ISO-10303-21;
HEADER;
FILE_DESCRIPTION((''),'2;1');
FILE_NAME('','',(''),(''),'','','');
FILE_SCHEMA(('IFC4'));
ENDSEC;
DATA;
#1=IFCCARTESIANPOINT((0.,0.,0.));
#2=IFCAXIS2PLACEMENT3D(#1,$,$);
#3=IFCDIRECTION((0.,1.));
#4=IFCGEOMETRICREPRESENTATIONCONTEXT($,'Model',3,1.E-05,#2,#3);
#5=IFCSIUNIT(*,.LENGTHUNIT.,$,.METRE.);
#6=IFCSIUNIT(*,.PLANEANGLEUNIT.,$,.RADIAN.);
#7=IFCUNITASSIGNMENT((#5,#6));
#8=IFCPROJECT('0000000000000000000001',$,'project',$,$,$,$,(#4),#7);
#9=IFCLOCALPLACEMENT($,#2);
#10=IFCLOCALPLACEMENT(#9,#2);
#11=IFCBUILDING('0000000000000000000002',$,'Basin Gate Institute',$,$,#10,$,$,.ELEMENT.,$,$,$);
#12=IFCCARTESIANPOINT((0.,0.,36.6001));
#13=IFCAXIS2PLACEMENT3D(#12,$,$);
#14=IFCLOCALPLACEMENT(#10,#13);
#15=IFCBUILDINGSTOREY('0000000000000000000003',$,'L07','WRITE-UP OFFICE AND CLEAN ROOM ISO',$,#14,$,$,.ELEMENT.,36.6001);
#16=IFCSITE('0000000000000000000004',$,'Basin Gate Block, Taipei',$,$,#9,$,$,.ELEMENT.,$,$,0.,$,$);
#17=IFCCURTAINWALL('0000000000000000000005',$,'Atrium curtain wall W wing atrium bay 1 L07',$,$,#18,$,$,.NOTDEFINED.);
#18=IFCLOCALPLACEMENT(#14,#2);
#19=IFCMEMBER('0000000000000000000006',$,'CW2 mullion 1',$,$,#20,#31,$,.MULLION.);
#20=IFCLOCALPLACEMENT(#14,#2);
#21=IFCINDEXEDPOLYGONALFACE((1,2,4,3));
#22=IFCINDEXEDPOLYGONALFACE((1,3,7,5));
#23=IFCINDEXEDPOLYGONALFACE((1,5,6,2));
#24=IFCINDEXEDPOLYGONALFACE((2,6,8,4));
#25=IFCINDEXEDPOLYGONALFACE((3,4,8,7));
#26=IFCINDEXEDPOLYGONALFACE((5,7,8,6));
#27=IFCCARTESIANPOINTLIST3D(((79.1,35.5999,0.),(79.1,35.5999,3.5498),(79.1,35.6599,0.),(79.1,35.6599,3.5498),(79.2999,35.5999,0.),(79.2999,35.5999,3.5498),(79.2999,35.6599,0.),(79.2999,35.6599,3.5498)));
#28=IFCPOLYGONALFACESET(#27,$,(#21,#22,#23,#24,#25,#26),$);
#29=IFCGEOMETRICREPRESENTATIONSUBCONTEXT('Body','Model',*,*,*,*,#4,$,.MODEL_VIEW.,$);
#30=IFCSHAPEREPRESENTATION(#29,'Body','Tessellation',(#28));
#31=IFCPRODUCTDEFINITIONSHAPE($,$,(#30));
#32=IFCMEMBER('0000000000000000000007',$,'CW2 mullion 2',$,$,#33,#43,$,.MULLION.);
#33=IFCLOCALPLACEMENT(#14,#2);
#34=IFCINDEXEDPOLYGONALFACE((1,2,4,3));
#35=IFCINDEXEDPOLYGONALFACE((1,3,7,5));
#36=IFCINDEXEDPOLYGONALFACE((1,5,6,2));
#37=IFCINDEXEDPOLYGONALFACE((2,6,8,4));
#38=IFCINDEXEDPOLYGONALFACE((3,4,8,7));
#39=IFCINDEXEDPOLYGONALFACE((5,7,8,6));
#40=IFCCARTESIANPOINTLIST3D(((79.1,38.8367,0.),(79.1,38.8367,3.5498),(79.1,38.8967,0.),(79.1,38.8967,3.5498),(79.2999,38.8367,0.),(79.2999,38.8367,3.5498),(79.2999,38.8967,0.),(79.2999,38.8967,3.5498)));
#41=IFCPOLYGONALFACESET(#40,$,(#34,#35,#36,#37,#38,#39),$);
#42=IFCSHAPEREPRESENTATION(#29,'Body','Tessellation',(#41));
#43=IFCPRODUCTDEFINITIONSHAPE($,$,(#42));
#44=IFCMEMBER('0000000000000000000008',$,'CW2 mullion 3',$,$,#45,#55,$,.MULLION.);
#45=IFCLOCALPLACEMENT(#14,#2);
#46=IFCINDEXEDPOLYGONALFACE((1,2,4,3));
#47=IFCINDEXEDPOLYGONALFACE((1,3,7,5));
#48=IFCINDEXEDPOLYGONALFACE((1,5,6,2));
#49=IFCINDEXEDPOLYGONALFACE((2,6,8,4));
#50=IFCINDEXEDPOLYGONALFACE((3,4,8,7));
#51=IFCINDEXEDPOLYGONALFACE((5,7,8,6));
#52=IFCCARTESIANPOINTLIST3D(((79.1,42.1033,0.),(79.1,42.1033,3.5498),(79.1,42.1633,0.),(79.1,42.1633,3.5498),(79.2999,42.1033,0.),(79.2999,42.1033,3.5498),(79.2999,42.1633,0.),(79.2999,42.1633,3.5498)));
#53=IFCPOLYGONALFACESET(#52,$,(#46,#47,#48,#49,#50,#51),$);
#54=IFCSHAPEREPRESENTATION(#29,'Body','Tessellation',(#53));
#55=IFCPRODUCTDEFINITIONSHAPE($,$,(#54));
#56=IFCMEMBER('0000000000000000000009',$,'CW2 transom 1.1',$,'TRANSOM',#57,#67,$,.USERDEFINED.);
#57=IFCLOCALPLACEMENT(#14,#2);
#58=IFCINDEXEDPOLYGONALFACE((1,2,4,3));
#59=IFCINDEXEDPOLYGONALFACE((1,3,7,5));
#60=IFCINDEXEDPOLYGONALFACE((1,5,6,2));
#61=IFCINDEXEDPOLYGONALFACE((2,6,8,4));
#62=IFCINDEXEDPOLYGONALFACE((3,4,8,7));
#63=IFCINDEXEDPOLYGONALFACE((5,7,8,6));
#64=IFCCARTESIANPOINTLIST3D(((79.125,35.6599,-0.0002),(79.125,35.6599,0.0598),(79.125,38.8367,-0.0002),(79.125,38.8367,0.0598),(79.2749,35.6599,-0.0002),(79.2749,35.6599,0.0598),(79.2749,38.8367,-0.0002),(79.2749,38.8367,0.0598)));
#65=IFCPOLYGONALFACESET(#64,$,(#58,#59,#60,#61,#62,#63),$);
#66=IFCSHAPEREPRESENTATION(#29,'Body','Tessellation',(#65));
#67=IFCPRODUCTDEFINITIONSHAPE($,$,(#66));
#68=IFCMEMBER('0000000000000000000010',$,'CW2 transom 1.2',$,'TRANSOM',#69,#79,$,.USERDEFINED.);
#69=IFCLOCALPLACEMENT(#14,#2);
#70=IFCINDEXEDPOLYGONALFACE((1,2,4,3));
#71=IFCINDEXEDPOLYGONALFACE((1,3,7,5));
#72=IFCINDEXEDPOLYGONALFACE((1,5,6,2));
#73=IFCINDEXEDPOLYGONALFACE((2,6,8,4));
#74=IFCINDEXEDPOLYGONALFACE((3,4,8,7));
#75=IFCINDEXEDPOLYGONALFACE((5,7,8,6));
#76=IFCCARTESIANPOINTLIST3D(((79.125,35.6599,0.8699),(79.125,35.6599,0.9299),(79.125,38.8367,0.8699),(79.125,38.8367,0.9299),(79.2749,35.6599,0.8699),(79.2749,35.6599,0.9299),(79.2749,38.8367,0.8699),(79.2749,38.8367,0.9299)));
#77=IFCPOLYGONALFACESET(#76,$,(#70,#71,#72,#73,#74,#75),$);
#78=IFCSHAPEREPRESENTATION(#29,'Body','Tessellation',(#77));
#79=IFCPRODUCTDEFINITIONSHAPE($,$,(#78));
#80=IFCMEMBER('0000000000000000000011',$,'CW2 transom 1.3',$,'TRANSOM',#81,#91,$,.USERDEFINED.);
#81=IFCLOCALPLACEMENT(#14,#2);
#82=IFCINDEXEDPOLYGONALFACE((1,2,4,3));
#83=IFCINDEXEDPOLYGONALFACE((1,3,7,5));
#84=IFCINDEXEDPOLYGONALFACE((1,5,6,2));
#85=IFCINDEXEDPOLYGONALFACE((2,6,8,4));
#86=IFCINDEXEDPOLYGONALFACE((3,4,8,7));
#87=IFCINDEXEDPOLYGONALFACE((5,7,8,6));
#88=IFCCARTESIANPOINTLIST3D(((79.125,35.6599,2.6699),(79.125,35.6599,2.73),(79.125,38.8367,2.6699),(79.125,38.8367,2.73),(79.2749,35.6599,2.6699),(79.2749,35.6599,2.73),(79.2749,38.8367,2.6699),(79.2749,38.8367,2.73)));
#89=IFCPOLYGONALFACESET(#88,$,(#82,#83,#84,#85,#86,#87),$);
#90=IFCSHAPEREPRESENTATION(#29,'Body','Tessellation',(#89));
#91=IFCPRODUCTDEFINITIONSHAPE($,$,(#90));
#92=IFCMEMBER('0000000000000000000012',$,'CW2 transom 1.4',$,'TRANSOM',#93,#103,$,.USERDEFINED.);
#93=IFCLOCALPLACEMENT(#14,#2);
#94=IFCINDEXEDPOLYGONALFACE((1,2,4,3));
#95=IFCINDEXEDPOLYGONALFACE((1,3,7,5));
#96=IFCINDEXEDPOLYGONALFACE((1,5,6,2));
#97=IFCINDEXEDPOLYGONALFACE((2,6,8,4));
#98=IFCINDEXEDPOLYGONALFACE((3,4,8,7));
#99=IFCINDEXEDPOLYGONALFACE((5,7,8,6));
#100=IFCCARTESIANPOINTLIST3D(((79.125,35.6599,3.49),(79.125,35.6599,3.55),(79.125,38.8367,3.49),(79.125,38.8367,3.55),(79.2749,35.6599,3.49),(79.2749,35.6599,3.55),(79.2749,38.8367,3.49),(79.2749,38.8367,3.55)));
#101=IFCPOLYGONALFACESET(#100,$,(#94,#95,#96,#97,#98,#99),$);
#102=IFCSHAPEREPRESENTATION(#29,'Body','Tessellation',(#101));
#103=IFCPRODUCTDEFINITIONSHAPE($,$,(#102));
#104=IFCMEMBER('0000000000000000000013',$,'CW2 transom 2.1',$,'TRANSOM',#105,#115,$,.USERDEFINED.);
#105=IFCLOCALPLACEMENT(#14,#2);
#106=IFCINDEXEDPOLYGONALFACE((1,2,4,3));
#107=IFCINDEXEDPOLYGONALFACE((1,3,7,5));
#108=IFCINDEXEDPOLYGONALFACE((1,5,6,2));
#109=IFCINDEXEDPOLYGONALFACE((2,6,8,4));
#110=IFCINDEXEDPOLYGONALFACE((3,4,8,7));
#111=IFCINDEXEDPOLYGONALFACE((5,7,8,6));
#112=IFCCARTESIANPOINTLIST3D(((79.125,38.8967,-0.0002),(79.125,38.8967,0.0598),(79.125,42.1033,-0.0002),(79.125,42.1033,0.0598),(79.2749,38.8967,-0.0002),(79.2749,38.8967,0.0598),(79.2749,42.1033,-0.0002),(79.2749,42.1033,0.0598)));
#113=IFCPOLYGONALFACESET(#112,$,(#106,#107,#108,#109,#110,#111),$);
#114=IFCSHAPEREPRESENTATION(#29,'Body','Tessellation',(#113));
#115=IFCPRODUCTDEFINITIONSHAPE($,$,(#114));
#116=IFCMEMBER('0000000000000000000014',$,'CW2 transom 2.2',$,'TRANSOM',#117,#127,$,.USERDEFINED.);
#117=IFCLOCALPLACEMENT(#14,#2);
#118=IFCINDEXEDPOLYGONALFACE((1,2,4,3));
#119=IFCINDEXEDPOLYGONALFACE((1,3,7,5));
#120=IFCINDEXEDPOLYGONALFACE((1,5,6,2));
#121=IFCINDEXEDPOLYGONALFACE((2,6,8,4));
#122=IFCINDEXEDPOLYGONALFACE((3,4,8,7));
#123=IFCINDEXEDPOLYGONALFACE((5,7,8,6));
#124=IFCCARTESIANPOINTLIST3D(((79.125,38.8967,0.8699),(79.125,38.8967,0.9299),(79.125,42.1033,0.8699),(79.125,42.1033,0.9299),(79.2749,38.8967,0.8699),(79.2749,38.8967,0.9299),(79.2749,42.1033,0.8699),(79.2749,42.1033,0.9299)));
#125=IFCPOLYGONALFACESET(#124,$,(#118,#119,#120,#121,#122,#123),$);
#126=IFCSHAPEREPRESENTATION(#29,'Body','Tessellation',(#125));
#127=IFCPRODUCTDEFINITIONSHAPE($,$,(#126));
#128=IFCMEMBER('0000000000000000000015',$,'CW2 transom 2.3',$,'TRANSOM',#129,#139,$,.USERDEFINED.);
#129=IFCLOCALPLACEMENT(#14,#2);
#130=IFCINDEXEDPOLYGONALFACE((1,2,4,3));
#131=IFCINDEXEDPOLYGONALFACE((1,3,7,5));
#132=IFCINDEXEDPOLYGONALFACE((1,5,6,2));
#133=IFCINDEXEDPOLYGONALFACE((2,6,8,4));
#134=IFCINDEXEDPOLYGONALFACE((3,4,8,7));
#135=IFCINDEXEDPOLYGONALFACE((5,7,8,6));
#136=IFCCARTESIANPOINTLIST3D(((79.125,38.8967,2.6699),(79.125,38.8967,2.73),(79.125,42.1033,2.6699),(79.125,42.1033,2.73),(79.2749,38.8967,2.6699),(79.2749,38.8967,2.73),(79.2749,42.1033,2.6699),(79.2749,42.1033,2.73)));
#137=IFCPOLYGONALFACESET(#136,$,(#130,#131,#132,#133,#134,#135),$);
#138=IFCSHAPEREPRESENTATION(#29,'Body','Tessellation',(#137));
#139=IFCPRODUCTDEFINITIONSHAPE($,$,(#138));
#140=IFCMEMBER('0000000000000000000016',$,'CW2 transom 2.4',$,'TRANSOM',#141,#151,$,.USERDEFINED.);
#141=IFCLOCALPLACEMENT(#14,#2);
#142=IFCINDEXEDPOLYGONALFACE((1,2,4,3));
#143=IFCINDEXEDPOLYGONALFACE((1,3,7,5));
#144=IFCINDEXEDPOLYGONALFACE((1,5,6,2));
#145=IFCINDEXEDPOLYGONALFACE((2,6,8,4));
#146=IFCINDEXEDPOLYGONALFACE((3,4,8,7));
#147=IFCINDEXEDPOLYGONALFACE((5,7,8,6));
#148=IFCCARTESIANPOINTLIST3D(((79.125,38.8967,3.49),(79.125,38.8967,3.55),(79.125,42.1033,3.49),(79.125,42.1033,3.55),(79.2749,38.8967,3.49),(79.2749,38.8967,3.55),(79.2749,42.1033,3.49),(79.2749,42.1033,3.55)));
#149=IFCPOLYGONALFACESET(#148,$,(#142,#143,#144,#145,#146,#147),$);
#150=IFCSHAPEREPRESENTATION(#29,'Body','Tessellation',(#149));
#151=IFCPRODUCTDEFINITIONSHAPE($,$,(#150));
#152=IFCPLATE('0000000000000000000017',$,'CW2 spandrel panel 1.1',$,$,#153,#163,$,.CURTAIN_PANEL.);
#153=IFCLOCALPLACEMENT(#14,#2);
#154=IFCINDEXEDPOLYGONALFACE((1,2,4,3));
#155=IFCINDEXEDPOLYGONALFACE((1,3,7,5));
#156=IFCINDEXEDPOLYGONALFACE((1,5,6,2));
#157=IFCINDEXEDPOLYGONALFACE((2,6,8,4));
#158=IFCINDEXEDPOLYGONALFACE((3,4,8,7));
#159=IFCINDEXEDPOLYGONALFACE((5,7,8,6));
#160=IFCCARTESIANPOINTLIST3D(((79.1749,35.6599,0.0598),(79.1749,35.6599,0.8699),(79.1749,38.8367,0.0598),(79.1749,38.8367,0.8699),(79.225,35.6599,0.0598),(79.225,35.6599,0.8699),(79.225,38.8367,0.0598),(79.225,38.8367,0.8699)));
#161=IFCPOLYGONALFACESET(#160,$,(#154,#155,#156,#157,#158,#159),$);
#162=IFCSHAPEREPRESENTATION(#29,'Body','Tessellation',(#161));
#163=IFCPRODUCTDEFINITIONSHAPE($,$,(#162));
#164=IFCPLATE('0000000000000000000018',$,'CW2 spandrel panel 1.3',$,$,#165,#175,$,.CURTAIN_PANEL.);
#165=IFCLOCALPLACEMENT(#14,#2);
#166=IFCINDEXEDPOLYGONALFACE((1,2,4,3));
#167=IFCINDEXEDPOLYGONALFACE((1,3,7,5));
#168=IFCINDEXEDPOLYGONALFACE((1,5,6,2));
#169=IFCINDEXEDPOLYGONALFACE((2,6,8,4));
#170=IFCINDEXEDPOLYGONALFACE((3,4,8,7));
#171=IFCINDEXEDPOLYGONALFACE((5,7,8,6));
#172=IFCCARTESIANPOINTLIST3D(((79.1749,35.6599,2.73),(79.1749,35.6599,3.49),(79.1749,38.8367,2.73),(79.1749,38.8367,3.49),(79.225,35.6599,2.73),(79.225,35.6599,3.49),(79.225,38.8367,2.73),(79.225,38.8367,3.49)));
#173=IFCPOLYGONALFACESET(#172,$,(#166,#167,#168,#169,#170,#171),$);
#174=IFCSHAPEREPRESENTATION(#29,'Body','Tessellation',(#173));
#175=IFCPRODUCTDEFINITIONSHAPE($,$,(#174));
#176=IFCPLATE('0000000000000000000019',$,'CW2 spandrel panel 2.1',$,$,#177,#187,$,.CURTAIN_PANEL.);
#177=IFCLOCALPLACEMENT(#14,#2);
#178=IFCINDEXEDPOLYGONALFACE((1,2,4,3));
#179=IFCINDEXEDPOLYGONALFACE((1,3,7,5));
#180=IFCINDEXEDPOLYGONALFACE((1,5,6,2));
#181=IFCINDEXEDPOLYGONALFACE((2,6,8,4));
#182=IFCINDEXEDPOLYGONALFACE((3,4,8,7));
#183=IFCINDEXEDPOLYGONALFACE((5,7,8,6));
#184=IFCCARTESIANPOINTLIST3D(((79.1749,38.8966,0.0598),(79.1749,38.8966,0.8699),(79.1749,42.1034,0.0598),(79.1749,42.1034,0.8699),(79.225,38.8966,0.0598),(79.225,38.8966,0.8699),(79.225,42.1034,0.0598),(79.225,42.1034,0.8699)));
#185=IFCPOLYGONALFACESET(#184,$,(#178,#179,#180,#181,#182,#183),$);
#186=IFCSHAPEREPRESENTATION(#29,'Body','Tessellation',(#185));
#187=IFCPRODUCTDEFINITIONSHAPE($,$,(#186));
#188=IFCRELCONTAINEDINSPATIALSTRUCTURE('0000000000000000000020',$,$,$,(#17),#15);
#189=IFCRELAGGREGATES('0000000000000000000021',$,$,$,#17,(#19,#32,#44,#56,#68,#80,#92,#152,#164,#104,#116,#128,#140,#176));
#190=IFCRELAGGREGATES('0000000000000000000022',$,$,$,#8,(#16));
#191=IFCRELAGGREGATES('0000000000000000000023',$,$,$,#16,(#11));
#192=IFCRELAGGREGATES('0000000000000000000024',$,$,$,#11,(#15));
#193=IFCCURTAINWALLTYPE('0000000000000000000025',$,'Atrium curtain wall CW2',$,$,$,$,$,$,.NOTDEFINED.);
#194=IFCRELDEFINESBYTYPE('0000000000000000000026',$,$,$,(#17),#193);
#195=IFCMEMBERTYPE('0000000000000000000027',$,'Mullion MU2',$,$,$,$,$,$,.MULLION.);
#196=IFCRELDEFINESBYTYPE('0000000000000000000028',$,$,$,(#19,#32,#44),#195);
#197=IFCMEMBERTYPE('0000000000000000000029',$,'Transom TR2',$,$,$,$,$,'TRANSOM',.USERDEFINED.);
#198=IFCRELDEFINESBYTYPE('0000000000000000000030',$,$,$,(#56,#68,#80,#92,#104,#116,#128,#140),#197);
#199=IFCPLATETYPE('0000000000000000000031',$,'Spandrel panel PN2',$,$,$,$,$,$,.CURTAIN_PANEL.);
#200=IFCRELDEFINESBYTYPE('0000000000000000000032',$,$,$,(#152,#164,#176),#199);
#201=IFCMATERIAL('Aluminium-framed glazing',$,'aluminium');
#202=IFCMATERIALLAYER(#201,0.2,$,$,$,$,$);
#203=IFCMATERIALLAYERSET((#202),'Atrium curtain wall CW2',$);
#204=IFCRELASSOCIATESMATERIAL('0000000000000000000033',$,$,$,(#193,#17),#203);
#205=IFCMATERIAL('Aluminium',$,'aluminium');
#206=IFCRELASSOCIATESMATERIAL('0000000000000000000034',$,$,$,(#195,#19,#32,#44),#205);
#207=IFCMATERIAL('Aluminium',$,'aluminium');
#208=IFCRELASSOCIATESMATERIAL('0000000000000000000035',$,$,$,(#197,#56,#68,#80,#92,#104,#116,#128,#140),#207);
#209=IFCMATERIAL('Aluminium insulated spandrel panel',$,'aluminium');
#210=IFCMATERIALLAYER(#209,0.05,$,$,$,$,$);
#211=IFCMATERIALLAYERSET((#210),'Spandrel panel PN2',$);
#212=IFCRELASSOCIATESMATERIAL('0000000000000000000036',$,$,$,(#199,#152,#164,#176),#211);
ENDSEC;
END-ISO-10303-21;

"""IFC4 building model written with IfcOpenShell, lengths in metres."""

from ifc_helpers import new_model, si_unit, direction, frame, origin, origin_2d, place, context, subcontext, project, spatial, rectangle, extrude, material, layer, layer_set, material_profile, profile_set, type_object, element, aggregate, save


model = new_model("IFC4")

# Units and contexts
model_context = context("Model", 3, precision=1e-05, world=origin(), true_north=direction((0.0, 1.0)))
body_context = subcontext(model_context, "Body", "Model", "MODEL_VIEW")
ifc_project = project(units=[si_unit("LENGTHUNIT", "METRE"), si_unit("PLANEANGLEUNIT", "RADIAN")], contexts=[model_context])

# Site, building, storey
site_placement = place(None, origin())
site = spatial("IfcSite", under=ifc_project, at=site_placement, Name="Basin Gate Block, Taipei", CompositionType="ELEMENT", RefElevation=0.0)
building_placement = place(site_placement, origin())
building = spatial("IfcBuilding", under=site, at=building_placement, Name="Basin Gate Institute", CompositionType="ELEMENT")
storey_placement = place(building_placement, frame((0.0, 0.0, 36.6001)))
storey = spatial("IfcBuildingStorey", under=building, at=storey_placement, Name="L07", Description="WRITE-UP OFFICE AND CLEAN ROOM ISO", CompositionType="ELEMENT", Elevation=36.6001)

# Curtain wall, members, plates
ifc_material_1 = material(Name="Aluminium-framed glazing", Category="aluminium")
ifc_layer_1 = layer(ifc_material_1, 0.2)
ifc_layer_set_1 = layer_set([ifc_layer_1], Name="Atrium curtain wall CW2")
curtain_wall_type = type_object("IfcCurtainWallType", Name="Atrium curtain wall CW2", PredefinedType="NOTDEFINED", material=ifc_layer_set_1)
curtain_wall_placement = place(storey_placement, origin())
curtain_wall = element("IfcCurtainWall", 1, at=curtain_wall_placement, inside=storey, type_object=curtain_wall_type, material=ifc_layer_set_1, Name="Atrium curtain wall W wing atrium bay 1 L07", PredefinedType="NOTDEFINED")
ifc_material_2 = material(Name="Aluminium", Category="aluminium")
ifc_material_profile_1 = material_profile(ifc_material_2, rectangle(XDim=0.2, YDim=0.0601, at=origin_2d()), Name="Mullion MU2 200 x 60")
ifc_profile_set_1 = profile_set([ifc_material_profile_1], Name="Aluminium")
member_type_1 = type_object("IfcMemberType", Name="Mullion MU2", PredefinedType="MULLION", material=ifc_profile_set_1)
member_1_placement = place(storey_placement, frame((79.2, 35.6299, 0.0), z_axis=(0.0, 0.0, 1.0), x_axis=(-1.0, 0.0, 0.0)))
member_1 = element("IfcMember", 2, at=member_1_placement, type_object=member_type_1, material=ifc_profile_set_1, Name="CW2 mullion 1", PredefinedType="MULLION", context=body_context, shape_type="SweptSolid", body=[
    extrude(rectangle(XDim=0.2, YDim=0.0601, at=origin_2d()), origin(), (0.0, 0.0, 1.0), 3.5498),
])
member_2_placement = place(storey_placement, frame((79.2, 38.8667, 0.0), z_axis=(0.0, 0.0, 1.0), x_axis=(-1.0, 0.0, 0.0)))
member_2 = element("IfcMember", 3, at=member_2_placement, type_object=member_type_1, material=ifc_profile_set_1, Name="CW2 mullion 2", PredefinedType="MULLION", context=body_context, shape_type="SweptSolid", body=[
    extrude(rectangle(XDim=0.2, YDim=0.0601, at=origin_2d()), origin(), (0.0, 0.0, 1.0), 3.5498),
])
member_3_placement = place(storey_placement, frame((79.2, 42.1333, 0.0), z_axis=(0.0, 0.0, 1.0), x_axis=(-1.0, 0.0, 0.0)))
member_3 = element("IfcMember", 4, at=member_3_placement, type_object=member_type_1, material=ifc_profile_set_1, Name="CW2 mullion 3", PredefinedType="MULLION", context=body_context, shape_type="SweptSolid", body=[
    extrude(rectangle(XDim=0.2, YDim=0.0601, at=origin_2d()), origin(), (0.0, 0.0, 1.0), 3.5498),
])
ifc_material_3 = material(Name="Aluminium", Category="aluminium")
ifc_material_profile_2 = material_profile(ifc_material_3, rectangle(XDim=0.1499, YDim=0.0601, at=origin_2d()), Name="Transom TR2 150 x 60")
ifc_profile_set_2 = profile_set([ifc_material_profile_2], Name="Aluminium")
member_type_2 = type_object("IfcMemberType", Name="Transom TR2", ElementType="TRANSOM", PredefinedType="USERDEFINED", material=ifc_profile_set_2)
member_4_placement = place(storey_placement, frame((79.2, 35.6599, 0.0298), z_axis=(0.0, 1.0, 0.0), x_axis=(-1.0, 0.0, 0.0)))
member_4 = element("IfcMember", 5, at=member_4_placement, type_object=member_type_2, material=ifc_profile_set_2, Name="CW2 transom 1.1", ObjectType="TRANSOM", PredefinedType="USERDEFINED", context=body_context, shape_type="SweptSolid", body=[
    extrude(rectangle(XDim=0.1499, YDim=0.0601, at=origin_2d()), origin(), (0.0, 0.0, 1.0), 3.1768),
])
member_5_placement = place(storey_placement, frame((79.2, 35.6599, 0.8999), z_axis=(0.0, 1.0, 0.0), x_axis=(-1.0, 0.0, 0.0)))
member_5 = element("IfcMember", 6, at=member_5_placement, type_object=member_type_2, material=ifc_profile_set_2, Name="CW2 transom 1.2", ObjectType="TRANSOM", PredefinedType="USERDEFINED", context=body_context, shape_type="SweptSolid", body=[
    extrude(rectangle(XDim=0.1499, YDim=0.0601, at=origin_2d()), origin(), (0.0, 0.0, 1.0), 3.1768),
])
member_6_placement = place(storey_placement, frame((79.2, 35.6599, 2.7), z_axis=(0.0, 1.0, 0.0), x_axis=(-1.0, 0.0, 0.0)))
member_6 = element("IfcMember", 7, at=member_6_placement, type_object=member_type_2, material=ifc_profile_set_2, Name="CW2 transom 1.3", ObjectType="TRANSOM", PredefinedType="USERDEFINED", context=body_context, shape_type="SweptSolid", body=[
    extrude(rectangle(XDim=0.1499, YDim=0.0601, at=origin_2d()), origin(), (0.0, 0.0, 1.0), 3.1768),
])
member_7_placement = place(storey_placement, frame((79.2, 35.6599, 3.52), z_axis=(0.0, 1.0, 0.0), x_axis=(-1.0, 0.0, 0.0)))
member_7 = element("IfcMember", 8, at=member_7_placement, type_object=member_type_2, material=ifc_profile_set_2, Name="CW2 transom 1.4", ObjectType="TRANSOM", PredefinedType="USERDEFINED", context=body_context, shape_type="SweptSolid", body=[
    extrude(rectangle(XDim=0.1499, YDim=0.0601, at=origin_2d()), origin(), (0.0, 0.0, 1.0), 3.1768),
])
member_8_placement = place(storey_placement, frame((79.2, 38.8967, 0.0298), z_axis=(0.0, 1.0, 0.0), x_axis=(-1.0, 0.0, 0.0)))
member_8 = element("IfcMember", 9, at=member_8_placement, type_object=member_type_2, material=ifc_profile_set_2, Name="CW2 transom 2.1", ObjectType="TRANSOM", PredefinedType="USERDEFINED", context=body_context, shape_type="SweptSolid", body=[
    extrude(rectangle(XDim=0.1499, YDim=0.0601, at=origin_2d()), origin(), (0.0, 0.0, 1.0), 3.2065),
])
member_9_placement = place(storey_placement, frame((79.2, 38.8967, 0.8999), z_axis=(0.0, 1.0, 0.0), x_axis=(-1.0, 0.0, 0.0)))
member_9 = element("IfcMember", 10, at=member_9_placement, type_object=member_type_2, material=ifc_profile_set_2, Name="CW2 transom 2.2", ObjectType="TRANSOM", PredefinedType="USERDEFINED", context=body_context, shape_type="SweptSolid", body=[
    extrude(rectangle(XDim=0.1499, YDim=0.0601, at=origin_2d()), origin(), (0.0, 0.0, 1.0), 3.2065),
])
member_10_placement = place(storey_placement, frame((79.2, 38.8967, 2.7), z_axis=(0.0, 1.0, 0.0), x_axis=(-1.0, 0.0, 0.0)))
member_10 = element("IfcMember", 11, at=member_10_placement, type_object=member_type_2, material=ifc_profile_set_2, Name="CW2 transom 2.3", ObjectType="TRANSOM", PredefinedType="USERDEFINED", context=body_context, shape_type="SweptSolid", body=[
    extrude(rectangle(XDim=0.1499, YDim=0.0601, at=origin_2d()), origin(), (0.0, 0.0, 1.0), 3.2065),
])
member_11_placement = place(storey_placement, frame((79.2, 38.8967, 3.52), z_axis=(0.0, 1.0, 0.0), x_axis=(-1.0, 0.0, 0.0)))
member_11 = element("IfcMember", 12, at=member_11_placement, type_object=member_type_2, material=ifc_profile_set_2, Name="CW2 transom 2.4", ObjectType="TRANSOM", PredefinedType="USERDEFINED", context=body_context, shape_type="SweptSolid", body=[
    extrude(rectangle(XDim=0.1499, YDim=0.0601, at=origin_2d()), origin(), (0.0, 0.0, 1.0), 3.2065),
])
ifc_material_4 = material(Name="Aluminium insulated spandrel panel", Category="aluminium")
ifc_layer_2 = layer(ifc_material_4, 0.05)
ifc_layer_set_2 = layer_set([ifc_layer_2], Name="Spandrel panel PN2")
plate_type_1 = type_object("IfcPlateType", Name="Spandrel panel PN2", PredefinedType="CURTAIN_PANEL", material=ifc_layer_set_2)
plate_1_placement = place(storey_placement, frame((79.2, 37.2483, 0.0598), z_axis=(0.0, 0.0, 1.0), x_axis=(0.0, 1.0, 0.0)))
plate_1 = element("IfcPlate", 13, at=plate_1_placement, type_object=plate_type_1, material=ifc_layer_set_2, Name="CW2 spandrel panel 1.1", PredefinedType="CURTAIN_PANEL", context=body_context, shape_type="SweptSolid", body=[
    extrude(rectangle(XDim=3.1768, YDim=0.05, at=origin_2d()), origin(), (0.0, 0.0, 1.0), 0.8101),
])
plate_2_placement = place(storey_placement, frame((79.2, 37.2483, 2.73), z_axis=(0.0, 0.0, 1.0), x_axis=(0.0, 1.0, 0.0)))
plate_2 = element("IfcPlate", 14, at=plate_2_placement, type_object=plate_type_1, material=ifc_layer_set_2, Name="CW2 spandrel panel 1.3", PredefinedType="CURTAIN_PANEL", context=body_context, shape_type="SweptSolid", body=[
    extrude(rectangle(XDim=3.1768, YDim=0.05, at=origin_2d()), origin(), (0.0, 0.0, 1.0), 0.76),
])
plate_3_placement = place(storey_placement, frame((79.2, 40.5, 0.0598), z_axis=(0.0, 0.0, 1.0), x_axis=(0.0, 1.0, 0.0)))
plate_3 = element("IfcPlate", 15, at=plate_3_placement, type_object=plate_type_1, material=ifc_layer_set_2, Name="CW2 spandrel panel 2.1", PredefinedType="CURTAIN_PANEL", context=body_context, shape_type="SweptSolid", body=[
    extrude(rectangle(XDim=3.2068, YDim=0.05, at=origin_2d()), origin(), (0.0, 0.0, 1.0), 0.8101),
])
aggregate(curtain_wall, [member_1, member_2, member_3, member_4, member_5, member_6, member_7, plate_1, plate_2, member_8, member_9, member_10, member_11, plate_3])

save(model, "model.ifc")
